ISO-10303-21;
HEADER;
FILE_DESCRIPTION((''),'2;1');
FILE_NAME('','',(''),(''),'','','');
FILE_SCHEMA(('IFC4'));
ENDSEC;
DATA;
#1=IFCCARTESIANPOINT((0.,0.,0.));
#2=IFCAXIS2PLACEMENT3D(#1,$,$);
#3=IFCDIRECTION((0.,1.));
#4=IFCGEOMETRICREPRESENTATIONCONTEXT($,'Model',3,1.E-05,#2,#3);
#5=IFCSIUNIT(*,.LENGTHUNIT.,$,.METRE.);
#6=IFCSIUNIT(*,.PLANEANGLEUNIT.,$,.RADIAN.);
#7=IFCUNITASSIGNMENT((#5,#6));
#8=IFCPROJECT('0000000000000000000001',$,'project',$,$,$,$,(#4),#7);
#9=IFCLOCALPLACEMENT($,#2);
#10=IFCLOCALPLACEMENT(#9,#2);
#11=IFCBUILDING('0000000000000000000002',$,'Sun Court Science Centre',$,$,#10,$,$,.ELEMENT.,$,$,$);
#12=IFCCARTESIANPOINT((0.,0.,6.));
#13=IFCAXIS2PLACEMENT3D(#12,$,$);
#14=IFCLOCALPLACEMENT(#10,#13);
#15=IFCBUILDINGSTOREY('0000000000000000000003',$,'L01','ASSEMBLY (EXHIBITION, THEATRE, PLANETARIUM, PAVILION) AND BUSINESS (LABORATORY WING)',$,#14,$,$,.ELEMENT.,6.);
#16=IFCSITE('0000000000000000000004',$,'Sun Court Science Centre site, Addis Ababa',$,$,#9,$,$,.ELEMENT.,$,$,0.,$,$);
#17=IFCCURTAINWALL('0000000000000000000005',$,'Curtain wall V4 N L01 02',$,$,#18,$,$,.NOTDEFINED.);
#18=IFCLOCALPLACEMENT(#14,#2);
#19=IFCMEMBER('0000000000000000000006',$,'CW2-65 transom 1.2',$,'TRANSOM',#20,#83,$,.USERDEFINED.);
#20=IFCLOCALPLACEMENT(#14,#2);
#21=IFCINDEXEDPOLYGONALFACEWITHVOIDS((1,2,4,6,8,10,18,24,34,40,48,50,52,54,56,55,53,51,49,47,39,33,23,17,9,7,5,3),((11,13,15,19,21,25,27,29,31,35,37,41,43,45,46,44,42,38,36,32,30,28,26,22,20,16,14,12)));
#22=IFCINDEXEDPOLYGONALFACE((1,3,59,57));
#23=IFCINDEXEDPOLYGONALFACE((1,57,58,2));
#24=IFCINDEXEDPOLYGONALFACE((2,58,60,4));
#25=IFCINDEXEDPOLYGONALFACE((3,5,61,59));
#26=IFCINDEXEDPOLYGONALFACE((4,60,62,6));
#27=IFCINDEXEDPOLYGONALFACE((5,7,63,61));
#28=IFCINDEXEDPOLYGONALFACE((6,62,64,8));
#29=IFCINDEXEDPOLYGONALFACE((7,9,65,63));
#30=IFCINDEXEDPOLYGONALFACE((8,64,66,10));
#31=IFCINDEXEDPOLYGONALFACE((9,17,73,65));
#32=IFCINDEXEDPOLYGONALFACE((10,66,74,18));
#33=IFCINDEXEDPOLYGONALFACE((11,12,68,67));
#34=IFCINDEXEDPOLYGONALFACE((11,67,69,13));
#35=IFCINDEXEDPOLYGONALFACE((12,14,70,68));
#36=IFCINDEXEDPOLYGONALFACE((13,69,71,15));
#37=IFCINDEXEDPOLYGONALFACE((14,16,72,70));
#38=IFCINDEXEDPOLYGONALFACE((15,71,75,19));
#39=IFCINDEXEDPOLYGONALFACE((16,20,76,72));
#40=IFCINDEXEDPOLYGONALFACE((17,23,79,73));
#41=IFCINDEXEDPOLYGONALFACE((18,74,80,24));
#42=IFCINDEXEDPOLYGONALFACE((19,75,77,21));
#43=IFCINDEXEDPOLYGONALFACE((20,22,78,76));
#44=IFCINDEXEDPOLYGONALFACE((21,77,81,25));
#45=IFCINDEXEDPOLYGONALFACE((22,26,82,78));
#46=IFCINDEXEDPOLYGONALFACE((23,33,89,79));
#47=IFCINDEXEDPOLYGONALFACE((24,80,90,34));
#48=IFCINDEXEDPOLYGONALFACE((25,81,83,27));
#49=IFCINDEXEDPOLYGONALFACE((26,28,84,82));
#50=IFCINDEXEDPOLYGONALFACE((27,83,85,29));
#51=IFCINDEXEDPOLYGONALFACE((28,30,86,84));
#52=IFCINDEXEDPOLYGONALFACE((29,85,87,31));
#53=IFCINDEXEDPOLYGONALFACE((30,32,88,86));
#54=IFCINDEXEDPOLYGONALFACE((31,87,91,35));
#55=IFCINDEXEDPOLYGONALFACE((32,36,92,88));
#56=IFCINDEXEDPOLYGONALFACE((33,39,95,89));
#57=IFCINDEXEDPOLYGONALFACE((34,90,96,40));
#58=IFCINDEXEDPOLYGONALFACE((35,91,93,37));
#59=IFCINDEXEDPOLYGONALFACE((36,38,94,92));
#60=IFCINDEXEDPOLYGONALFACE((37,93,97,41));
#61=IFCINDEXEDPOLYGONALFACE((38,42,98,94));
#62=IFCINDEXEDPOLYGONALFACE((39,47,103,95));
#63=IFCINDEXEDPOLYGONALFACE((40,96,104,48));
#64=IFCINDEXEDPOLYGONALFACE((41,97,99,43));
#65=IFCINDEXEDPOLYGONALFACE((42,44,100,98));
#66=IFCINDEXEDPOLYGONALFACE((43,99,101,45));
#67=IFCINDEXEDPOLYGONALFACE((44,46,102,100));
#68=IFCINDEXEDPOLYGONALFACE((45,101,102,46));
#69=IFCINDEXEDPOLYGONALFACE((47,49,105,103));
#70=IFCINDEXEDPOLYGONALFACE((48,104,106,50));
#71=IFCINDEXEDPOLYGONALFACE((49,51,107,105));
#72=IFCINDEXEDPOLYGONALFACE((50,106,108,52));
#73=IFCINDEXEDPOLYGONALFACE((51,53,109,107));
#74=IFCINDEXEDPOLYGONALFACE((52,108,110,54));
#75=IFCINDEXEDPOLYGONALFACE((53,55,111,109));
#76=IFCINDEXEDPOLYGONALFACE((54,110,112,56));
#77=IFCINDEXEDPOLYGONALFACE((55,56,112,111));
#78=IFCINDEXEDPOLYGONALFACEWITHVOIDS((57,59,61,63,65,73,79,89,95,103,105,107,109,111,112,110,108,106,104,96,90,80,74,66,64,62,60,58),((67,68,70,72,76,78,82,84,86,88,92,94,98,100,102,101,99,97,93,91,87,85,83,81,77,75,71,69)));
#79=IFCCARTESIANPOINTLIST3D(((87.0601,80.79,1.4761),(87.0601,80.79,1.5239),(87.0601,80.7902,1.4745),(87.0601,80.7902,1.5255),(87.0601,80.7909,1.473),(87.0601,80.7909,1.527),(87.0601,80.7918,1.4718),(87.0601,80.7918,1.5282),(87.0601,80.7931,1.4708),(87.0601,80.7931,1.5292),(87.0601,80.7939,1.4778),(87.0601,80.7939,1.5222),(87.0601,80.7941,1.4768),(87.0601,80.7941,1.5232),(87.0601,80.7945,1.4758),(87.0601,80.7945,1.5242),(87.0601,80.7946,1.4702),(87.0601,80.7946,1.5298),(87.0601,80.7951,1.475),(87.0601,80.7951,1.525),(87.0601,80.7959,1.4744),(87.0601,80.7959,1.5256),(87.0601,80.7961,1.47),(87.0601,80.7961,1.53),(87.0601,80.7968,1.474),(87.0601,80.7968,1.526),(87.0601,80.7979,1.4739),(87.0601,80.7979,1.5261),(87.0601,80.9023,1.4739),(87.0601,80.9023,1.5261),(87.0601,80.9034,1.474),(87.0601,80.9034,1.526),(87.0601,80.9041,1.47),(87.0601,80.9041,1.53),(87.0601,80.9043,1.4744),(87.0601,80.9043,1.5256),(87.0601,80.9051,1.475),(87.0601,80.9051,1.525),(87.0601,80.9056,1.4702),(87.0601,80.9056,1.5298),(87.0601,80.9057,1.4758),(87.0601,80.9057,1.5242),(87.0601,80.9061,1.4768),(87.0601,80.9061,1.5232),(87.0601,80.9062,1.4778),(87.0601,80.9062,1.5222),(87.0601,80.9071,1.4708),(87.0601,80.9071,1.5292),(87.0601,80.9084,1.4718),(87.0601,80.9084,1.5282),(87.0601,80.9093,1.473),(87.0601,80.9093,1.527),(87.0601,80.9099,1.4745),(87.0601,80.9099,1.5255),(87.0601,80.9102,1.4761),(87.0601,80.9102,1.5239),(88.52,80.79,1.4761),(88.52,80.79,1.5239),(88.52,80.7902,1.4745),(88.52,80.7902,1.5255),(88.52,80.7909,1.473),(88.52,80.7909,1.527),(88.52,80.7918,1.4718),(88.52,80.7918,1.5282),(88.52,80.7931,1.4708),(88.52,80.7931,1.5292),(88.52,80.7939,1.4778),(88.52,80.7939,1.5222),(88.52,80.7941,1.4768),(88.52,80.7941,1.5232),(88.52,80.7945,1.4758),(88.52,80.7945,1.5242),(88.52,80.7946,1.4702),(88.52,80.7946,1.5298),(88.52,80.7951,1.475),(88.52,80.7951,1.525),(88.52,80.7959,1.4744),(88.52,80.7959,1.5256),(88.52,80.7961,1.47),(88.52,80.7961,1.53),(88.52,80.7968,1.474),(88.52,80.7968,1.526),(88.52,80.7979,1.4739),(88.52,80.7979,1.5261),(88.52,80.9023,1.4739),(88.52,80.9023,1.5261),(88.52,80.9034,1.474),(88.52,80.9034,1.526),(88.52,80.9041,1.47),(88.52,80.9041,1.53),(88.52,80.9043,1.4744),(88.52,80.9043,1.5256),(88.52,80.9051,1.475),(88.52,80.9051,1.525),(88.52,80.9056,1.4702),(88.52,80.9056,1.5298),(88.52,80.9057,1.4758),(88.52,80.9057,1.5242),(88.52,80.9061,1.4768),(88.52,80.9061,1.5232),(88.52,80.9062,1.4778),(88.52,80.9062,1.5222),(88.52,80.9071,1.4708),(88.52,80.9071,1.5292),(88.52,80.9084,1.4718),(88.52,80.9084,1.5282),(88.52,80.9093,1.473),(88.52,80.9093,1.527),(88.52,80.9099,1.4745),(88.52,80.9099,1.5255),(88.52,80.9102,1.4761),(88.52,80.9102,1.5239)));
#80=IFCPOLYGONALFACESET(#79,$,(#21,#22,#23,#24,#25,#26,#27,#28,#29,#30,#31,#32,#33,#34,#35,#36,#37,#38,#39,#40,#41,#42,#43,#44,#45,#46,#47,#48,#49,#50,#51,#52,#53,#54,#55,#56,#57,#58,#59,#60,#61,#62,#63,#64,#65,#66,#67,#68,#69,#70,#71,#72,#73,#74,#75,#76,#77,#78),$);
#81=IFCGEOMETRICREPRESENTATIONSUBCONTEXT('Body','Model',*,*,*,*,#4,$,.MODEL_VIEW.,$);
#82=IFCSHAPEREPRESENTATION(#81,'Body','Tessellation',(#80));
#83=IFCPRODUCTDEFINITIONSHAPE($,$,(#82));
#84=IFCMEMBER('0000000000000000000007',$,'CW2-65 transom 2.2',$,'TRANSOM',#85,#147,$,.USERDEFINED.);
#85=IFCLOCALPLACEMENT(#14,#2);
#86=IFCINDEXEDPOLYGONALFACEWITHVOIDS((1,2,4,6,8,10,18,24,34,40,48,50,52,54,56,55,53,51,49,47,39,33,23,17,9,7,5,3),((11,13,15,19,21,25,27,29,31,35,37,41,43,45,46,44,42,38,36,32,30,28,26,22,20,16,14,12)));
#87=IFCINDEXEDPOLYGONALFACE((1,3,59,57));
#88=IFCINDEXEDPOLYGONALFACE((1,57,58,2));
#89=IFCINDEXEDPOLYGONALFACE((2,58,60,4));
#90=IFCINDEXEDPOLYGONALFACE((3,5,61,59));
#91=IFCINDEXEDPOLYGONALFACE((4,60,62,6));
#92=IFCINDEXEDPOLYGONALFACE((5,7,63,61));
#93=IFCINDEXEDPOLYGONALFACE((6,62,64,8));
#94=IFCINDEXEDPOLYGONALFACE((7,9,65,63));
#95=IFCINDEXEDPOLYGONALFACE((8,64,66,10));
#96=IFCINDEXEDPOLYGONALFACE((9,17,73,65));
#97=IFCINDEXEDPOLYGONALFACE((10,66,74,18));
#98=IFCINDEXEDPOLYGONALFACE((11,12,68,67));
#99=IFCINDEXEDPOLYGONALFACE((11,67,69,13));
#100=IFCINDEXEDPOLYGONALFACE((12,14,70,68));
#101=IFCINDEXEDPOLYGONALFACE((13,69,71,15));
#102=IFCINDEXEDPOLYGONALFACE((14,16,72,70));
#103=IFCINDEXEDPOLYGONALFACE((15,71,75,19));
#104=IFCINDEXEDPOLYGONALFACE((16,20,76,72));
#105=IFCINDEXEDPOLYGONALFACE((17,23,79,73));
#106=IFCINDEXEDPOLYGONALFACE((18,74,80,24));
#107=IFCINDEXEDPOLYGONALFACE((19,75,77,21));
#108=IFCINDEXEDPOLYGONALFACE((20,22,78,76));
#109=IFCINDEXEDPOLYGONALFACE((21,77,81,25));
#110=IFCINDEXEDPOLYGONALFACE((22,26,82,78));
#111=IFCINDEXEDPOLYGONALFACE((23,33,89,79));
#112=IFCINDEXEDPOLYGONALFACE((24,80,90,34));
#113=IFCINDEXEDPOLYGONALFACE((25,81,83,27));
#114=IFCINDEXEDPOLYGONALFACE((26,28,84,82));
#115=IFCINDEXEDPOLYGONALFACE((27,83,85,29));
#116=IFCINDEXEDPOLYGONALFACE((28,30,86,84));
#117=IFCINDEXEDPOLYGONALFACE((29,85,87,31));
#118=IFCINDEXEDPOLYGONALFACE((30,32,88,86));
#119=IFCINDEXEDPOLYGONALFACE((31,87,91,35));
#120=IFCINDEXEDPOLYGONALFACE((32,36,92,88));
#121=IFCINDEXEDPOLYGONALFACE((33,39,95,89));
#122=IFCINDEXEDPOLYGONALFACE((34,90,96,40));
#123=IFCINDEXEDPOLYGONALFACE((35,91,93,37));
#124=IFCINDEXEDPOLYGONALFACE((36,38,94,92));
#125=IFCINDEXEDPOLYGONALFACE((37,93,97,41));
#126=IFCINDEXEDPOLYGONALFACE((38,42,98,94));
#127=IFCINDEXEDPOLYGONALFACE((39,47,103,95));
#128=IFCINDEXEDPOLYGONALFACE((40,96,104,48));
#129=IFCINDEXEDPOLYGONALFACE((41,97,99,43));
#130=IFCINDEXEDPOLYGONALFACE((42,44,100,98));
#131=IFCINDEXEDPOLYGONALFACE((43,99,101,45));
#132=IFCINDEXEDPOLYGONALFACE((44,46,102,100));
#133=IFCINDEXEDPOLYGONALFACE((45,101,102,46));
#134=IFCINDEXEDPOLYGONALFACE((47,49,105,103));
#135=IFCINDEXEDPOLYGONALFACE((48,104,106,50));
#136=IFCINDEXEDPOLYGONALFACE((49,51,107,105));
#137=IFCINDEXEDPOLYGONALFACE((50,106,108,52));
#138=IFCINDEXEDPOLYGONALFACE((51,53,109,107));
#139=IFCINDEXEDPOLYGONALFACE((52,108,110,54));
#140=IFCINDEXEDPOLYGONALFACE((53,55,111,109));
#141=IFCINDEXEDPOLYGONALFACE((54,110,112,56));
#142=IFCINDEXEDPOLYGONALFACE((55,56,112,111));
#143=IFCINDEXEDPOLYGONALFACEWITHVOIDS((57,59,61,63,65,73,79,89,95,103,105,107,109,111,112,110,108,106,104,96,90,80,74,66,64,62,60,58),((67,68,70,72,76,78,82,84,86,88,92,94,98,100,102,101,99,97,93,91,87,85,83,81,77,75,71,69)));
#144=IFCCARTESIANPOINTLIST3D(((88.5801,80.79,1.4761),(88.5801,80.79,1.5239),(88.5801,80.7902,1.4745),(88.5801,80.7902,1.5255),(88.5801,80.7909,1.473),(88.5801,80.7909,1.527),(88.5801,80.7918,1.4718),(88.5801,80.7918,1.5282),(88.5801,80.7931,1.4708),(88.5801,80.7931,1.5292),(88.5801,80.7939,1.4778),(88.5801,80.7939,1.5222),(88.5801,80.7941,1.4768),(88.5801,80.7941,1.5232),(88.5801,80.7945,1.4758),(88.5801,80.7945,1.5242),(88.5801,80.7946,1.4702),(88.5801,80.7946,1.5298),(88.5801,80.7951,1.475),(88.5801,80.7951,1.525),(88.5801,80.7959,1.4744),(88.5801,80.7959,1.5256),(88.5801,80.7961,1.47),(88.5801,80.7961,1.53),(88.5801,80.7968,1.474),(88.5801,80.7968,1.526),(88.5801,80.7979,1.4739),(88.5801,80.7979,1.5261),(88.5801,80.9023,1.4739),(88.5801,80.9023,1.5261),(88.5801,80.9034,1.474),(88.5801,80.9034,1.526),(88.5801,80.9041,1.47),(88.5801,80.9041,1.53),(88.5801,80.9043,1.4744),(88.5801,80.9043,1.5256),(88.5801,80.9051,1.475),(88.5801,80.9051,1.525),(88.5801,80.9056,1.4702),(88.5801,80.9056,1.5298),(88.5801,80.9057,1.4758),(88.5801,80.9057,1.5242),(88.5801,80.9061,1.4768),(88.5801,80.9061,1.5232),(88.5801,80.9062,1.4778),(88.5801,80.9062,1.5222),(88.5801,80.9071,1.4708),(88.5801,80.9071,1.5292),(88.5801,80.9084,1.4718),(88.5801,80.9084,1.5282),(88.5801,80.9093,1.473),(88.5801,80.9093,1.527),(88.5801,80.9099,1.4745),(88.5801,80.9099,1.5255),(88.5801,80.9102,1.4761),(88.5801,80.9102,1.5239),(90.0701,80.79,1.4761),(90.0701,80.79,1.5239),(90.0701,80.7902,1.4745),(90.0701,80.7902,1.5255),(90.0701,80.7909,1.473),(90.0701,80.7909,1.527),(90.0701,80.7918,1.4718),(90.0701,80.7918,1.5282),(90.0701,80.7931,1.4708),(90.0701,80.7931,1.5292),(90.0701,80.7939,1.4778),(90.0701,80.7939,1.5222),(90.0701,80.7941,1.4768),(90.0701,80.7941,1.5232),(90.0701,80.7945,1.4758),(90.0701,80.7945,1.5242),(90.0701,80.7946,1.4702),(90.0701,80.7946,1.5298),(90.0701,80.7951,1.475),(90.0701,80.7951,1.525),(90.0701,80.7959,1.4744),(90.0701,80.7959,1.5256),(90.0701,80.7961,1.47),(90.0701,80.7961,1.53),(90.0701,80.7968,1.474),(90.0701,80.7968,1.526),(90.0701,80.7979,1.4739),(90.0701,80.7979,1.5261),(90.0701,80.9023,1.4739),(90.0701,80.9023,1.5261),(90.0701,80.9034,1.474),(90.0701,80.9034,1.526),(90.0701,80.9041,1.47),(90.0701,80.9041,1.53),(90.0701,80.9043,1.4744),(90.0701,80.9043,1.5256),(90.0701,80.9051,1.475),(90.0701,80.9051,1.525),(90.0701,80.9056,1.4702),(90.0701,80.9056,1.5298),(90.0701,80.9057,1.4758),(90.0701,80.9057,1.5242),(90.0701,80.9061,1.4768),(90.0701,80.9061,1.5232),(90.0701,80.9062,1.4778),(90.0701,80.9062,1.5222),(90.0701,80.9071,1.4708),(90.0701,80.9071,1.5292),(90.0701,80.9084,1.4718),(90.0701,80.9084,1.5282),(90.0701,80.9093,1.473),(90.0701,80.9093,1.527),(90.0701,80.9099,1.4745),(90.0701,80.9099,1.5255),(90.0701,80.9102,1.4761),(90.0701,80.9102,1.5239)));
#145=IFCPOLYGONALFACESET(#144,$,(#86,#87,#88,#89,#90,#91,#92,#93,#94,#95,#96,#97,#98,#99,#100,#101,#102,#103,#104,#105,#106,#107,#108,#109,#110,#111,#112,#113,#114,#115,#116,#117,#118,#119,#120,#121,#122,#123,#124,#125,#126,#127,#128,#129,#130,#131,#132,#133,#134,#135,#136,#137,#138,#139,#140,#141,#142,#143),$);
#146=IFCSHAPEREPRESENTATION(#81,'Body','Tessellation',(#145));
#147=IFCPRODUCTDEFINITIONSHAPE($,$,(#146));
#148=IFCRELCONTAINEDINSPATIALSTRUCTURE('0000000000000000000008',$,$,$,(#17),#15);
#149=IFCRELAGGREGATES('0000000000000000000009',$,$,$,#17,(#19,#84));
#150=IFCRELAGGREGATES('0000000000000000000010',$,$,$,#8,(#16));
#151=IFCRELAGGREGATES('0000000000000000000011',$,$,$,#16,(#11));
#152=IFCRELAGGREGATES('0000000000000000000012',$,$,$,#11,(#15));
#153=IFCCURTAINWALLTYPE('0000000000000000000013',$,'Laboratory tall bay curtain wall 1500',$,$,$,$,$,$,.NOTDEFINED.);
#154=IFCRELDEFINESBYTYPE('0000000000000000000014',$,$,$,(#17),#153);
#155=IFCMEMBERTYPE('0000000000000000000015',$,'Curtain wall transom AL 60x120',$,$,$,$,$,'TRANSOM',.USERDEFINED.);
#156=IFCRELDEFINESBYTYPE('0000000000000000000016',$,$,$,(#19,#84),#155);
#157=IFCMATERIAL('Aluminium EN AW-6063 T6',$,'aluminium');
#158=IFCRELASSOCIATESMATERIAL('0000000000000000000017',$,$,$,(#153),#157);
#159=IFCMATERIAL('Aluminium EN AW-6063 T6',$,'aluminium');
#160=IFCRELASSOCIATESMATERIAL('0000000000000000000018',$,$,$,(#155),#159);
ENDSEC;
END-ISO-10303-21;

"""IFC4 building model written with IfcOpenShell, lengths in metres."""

from ifc_helpers import new_model, si_unit, direction, frame, origin, origin_2d, place, context, subcontext, project, spatial, hollow_rectangle, extrude, material, material_profile, profile_set, type_object, element, aggregate, save


model = new_model("IFC4")

# Units and contexts
model_context = context("Model", 3, precision=1e-05, world=origin(), true_north=direction((0.0, 1.0)))
body_context = subcontext(model_context, "Body", "Model", "MODEL_VIEW")
ifc_project = project(units=[si_unit("LENGTHUNIT", "METRE"), si_unit("PLANEANGLEUNIT", "RADIAN")], contexts=[model_context])

# Site, building, storey
site_placement = place(None, origin())
site = spatial("IfcSite", under=ifc_project, at=site_placement, Name="Sun Court Science Centre site, Addis Ababa", CompositionType="ELEMENT", RefElevation=0.0)
building_placement = place(site_placement, origin())
building = spatial("IfcBuilding", under=site, at=building_placement, Name="Sun Court Science Centre", CompositionType="ELEMENT")
storey_placement = place(building_placement, frame((0.0, 0.0, 6.0)))
storey = spatial("IfcBuildingStorey", under=building, at=storey_placement, Name="L01", Description="ASSEMBLY (EXHIBITION, THEATRE, PLANETARIUM, PAVILION) AND BUSINESS (LABORATORY WING)", CompositionType="ELEMENT", Elevation=6.0)

# Curtain wall, members
ifc_material_1 = material(Name="Aluminium EN AW-6063 T6", Category="aluminium")
curtain_wall_type = type_object("IfcCurtainWallType", Name="Laboratory tall bay curtain wall 1500", PredefinedType="NOTDEFINED", material=ifc_material_1)
curtain_wall_placement = place(storey_placement, origin())
curtain_wall = element("IfcCurtainWall", 1, at=curtain_wall_placement, inside=storey, type_object=curtain_wall_type, Name="Curtain wall V4 N L01 02", PredefinedType="NOTDEFINED")
ifc_material_2 = material(Name="Aluminium EN AW-6063 T6", Category="aluminium")
ifc_material_profile_1 = material_profile(ifc_material_2, hollow_rectangle(XDim=0.0601, YDim=0.1201, WallThickness=0.0039, InnerFilletRadius=0.0039, OuterFilletRadius=0.0061, at=origin_2d()), Name="AL 60x120x4")
ifc_profile_set_1 = profile_set([ifc_material_profile_1], Name="Aluminium EN AW-6063 T6")
member_type_1 = type_object("IfcMemberType", Name="Curtain wall transom AL 60x120", ElementType="TRANSOM", PredefinedType="USERDEFINED", material=ifc_profile_set_1)
member_1_placement = place(storey_placement, frame((87.0601, 80.8501, 1.5), z_axis=(1.0, 0.0, 0.0), x_axis=(0.0, 0.0, 1.0)))
member_1 = element("IfcMember", 2, at=member_1_placement, type_object=member_type_1, Name="CW2-65 transom 1.2", ObjectType="TRANSOM", PredefinedType="USERDEFINED", context=body_context, shape_type="SweptSolid", body=[
    extrude(hollow_rectangle(XDim=0.0601, YDim=0.1201, WallThickness=0.0039, InnerFilletRadius=0.0039, OuterFilletRadius=0.0061, at=origin_2d()), origin(), (0.0, 0.0, 1.0), 1.46),
])
member_2_placement = place(storey_placement, frame((88.5801, 80.8501, 1.5), z_axis=(1.0, 0.0, 0.0), x_axis=(0.0, 0.0, 1.0)))
member_2 = element("IfcMember", 3, at=member_2_placement, type_object=member_type_1, Name="CW2-65 transom 2.2", ObjectType="TRANSOM", PredefinedType="USERDEFINED", context=body_context, shape_type="SweptSolid", body=[
    extrude(hollow_rectangle(XDim=0.0601, YDim=0.1201, WallThickness=0.0039, InnerFilletRadius=0.0039, OuterFilletRadius=0.0061, at=origin_2d()), origin(), (0.0, 0.0, 1.0), 1.49),
])

aggregate(curtain_wall, [member_1, member_2])

save(model, "model.ifc")
